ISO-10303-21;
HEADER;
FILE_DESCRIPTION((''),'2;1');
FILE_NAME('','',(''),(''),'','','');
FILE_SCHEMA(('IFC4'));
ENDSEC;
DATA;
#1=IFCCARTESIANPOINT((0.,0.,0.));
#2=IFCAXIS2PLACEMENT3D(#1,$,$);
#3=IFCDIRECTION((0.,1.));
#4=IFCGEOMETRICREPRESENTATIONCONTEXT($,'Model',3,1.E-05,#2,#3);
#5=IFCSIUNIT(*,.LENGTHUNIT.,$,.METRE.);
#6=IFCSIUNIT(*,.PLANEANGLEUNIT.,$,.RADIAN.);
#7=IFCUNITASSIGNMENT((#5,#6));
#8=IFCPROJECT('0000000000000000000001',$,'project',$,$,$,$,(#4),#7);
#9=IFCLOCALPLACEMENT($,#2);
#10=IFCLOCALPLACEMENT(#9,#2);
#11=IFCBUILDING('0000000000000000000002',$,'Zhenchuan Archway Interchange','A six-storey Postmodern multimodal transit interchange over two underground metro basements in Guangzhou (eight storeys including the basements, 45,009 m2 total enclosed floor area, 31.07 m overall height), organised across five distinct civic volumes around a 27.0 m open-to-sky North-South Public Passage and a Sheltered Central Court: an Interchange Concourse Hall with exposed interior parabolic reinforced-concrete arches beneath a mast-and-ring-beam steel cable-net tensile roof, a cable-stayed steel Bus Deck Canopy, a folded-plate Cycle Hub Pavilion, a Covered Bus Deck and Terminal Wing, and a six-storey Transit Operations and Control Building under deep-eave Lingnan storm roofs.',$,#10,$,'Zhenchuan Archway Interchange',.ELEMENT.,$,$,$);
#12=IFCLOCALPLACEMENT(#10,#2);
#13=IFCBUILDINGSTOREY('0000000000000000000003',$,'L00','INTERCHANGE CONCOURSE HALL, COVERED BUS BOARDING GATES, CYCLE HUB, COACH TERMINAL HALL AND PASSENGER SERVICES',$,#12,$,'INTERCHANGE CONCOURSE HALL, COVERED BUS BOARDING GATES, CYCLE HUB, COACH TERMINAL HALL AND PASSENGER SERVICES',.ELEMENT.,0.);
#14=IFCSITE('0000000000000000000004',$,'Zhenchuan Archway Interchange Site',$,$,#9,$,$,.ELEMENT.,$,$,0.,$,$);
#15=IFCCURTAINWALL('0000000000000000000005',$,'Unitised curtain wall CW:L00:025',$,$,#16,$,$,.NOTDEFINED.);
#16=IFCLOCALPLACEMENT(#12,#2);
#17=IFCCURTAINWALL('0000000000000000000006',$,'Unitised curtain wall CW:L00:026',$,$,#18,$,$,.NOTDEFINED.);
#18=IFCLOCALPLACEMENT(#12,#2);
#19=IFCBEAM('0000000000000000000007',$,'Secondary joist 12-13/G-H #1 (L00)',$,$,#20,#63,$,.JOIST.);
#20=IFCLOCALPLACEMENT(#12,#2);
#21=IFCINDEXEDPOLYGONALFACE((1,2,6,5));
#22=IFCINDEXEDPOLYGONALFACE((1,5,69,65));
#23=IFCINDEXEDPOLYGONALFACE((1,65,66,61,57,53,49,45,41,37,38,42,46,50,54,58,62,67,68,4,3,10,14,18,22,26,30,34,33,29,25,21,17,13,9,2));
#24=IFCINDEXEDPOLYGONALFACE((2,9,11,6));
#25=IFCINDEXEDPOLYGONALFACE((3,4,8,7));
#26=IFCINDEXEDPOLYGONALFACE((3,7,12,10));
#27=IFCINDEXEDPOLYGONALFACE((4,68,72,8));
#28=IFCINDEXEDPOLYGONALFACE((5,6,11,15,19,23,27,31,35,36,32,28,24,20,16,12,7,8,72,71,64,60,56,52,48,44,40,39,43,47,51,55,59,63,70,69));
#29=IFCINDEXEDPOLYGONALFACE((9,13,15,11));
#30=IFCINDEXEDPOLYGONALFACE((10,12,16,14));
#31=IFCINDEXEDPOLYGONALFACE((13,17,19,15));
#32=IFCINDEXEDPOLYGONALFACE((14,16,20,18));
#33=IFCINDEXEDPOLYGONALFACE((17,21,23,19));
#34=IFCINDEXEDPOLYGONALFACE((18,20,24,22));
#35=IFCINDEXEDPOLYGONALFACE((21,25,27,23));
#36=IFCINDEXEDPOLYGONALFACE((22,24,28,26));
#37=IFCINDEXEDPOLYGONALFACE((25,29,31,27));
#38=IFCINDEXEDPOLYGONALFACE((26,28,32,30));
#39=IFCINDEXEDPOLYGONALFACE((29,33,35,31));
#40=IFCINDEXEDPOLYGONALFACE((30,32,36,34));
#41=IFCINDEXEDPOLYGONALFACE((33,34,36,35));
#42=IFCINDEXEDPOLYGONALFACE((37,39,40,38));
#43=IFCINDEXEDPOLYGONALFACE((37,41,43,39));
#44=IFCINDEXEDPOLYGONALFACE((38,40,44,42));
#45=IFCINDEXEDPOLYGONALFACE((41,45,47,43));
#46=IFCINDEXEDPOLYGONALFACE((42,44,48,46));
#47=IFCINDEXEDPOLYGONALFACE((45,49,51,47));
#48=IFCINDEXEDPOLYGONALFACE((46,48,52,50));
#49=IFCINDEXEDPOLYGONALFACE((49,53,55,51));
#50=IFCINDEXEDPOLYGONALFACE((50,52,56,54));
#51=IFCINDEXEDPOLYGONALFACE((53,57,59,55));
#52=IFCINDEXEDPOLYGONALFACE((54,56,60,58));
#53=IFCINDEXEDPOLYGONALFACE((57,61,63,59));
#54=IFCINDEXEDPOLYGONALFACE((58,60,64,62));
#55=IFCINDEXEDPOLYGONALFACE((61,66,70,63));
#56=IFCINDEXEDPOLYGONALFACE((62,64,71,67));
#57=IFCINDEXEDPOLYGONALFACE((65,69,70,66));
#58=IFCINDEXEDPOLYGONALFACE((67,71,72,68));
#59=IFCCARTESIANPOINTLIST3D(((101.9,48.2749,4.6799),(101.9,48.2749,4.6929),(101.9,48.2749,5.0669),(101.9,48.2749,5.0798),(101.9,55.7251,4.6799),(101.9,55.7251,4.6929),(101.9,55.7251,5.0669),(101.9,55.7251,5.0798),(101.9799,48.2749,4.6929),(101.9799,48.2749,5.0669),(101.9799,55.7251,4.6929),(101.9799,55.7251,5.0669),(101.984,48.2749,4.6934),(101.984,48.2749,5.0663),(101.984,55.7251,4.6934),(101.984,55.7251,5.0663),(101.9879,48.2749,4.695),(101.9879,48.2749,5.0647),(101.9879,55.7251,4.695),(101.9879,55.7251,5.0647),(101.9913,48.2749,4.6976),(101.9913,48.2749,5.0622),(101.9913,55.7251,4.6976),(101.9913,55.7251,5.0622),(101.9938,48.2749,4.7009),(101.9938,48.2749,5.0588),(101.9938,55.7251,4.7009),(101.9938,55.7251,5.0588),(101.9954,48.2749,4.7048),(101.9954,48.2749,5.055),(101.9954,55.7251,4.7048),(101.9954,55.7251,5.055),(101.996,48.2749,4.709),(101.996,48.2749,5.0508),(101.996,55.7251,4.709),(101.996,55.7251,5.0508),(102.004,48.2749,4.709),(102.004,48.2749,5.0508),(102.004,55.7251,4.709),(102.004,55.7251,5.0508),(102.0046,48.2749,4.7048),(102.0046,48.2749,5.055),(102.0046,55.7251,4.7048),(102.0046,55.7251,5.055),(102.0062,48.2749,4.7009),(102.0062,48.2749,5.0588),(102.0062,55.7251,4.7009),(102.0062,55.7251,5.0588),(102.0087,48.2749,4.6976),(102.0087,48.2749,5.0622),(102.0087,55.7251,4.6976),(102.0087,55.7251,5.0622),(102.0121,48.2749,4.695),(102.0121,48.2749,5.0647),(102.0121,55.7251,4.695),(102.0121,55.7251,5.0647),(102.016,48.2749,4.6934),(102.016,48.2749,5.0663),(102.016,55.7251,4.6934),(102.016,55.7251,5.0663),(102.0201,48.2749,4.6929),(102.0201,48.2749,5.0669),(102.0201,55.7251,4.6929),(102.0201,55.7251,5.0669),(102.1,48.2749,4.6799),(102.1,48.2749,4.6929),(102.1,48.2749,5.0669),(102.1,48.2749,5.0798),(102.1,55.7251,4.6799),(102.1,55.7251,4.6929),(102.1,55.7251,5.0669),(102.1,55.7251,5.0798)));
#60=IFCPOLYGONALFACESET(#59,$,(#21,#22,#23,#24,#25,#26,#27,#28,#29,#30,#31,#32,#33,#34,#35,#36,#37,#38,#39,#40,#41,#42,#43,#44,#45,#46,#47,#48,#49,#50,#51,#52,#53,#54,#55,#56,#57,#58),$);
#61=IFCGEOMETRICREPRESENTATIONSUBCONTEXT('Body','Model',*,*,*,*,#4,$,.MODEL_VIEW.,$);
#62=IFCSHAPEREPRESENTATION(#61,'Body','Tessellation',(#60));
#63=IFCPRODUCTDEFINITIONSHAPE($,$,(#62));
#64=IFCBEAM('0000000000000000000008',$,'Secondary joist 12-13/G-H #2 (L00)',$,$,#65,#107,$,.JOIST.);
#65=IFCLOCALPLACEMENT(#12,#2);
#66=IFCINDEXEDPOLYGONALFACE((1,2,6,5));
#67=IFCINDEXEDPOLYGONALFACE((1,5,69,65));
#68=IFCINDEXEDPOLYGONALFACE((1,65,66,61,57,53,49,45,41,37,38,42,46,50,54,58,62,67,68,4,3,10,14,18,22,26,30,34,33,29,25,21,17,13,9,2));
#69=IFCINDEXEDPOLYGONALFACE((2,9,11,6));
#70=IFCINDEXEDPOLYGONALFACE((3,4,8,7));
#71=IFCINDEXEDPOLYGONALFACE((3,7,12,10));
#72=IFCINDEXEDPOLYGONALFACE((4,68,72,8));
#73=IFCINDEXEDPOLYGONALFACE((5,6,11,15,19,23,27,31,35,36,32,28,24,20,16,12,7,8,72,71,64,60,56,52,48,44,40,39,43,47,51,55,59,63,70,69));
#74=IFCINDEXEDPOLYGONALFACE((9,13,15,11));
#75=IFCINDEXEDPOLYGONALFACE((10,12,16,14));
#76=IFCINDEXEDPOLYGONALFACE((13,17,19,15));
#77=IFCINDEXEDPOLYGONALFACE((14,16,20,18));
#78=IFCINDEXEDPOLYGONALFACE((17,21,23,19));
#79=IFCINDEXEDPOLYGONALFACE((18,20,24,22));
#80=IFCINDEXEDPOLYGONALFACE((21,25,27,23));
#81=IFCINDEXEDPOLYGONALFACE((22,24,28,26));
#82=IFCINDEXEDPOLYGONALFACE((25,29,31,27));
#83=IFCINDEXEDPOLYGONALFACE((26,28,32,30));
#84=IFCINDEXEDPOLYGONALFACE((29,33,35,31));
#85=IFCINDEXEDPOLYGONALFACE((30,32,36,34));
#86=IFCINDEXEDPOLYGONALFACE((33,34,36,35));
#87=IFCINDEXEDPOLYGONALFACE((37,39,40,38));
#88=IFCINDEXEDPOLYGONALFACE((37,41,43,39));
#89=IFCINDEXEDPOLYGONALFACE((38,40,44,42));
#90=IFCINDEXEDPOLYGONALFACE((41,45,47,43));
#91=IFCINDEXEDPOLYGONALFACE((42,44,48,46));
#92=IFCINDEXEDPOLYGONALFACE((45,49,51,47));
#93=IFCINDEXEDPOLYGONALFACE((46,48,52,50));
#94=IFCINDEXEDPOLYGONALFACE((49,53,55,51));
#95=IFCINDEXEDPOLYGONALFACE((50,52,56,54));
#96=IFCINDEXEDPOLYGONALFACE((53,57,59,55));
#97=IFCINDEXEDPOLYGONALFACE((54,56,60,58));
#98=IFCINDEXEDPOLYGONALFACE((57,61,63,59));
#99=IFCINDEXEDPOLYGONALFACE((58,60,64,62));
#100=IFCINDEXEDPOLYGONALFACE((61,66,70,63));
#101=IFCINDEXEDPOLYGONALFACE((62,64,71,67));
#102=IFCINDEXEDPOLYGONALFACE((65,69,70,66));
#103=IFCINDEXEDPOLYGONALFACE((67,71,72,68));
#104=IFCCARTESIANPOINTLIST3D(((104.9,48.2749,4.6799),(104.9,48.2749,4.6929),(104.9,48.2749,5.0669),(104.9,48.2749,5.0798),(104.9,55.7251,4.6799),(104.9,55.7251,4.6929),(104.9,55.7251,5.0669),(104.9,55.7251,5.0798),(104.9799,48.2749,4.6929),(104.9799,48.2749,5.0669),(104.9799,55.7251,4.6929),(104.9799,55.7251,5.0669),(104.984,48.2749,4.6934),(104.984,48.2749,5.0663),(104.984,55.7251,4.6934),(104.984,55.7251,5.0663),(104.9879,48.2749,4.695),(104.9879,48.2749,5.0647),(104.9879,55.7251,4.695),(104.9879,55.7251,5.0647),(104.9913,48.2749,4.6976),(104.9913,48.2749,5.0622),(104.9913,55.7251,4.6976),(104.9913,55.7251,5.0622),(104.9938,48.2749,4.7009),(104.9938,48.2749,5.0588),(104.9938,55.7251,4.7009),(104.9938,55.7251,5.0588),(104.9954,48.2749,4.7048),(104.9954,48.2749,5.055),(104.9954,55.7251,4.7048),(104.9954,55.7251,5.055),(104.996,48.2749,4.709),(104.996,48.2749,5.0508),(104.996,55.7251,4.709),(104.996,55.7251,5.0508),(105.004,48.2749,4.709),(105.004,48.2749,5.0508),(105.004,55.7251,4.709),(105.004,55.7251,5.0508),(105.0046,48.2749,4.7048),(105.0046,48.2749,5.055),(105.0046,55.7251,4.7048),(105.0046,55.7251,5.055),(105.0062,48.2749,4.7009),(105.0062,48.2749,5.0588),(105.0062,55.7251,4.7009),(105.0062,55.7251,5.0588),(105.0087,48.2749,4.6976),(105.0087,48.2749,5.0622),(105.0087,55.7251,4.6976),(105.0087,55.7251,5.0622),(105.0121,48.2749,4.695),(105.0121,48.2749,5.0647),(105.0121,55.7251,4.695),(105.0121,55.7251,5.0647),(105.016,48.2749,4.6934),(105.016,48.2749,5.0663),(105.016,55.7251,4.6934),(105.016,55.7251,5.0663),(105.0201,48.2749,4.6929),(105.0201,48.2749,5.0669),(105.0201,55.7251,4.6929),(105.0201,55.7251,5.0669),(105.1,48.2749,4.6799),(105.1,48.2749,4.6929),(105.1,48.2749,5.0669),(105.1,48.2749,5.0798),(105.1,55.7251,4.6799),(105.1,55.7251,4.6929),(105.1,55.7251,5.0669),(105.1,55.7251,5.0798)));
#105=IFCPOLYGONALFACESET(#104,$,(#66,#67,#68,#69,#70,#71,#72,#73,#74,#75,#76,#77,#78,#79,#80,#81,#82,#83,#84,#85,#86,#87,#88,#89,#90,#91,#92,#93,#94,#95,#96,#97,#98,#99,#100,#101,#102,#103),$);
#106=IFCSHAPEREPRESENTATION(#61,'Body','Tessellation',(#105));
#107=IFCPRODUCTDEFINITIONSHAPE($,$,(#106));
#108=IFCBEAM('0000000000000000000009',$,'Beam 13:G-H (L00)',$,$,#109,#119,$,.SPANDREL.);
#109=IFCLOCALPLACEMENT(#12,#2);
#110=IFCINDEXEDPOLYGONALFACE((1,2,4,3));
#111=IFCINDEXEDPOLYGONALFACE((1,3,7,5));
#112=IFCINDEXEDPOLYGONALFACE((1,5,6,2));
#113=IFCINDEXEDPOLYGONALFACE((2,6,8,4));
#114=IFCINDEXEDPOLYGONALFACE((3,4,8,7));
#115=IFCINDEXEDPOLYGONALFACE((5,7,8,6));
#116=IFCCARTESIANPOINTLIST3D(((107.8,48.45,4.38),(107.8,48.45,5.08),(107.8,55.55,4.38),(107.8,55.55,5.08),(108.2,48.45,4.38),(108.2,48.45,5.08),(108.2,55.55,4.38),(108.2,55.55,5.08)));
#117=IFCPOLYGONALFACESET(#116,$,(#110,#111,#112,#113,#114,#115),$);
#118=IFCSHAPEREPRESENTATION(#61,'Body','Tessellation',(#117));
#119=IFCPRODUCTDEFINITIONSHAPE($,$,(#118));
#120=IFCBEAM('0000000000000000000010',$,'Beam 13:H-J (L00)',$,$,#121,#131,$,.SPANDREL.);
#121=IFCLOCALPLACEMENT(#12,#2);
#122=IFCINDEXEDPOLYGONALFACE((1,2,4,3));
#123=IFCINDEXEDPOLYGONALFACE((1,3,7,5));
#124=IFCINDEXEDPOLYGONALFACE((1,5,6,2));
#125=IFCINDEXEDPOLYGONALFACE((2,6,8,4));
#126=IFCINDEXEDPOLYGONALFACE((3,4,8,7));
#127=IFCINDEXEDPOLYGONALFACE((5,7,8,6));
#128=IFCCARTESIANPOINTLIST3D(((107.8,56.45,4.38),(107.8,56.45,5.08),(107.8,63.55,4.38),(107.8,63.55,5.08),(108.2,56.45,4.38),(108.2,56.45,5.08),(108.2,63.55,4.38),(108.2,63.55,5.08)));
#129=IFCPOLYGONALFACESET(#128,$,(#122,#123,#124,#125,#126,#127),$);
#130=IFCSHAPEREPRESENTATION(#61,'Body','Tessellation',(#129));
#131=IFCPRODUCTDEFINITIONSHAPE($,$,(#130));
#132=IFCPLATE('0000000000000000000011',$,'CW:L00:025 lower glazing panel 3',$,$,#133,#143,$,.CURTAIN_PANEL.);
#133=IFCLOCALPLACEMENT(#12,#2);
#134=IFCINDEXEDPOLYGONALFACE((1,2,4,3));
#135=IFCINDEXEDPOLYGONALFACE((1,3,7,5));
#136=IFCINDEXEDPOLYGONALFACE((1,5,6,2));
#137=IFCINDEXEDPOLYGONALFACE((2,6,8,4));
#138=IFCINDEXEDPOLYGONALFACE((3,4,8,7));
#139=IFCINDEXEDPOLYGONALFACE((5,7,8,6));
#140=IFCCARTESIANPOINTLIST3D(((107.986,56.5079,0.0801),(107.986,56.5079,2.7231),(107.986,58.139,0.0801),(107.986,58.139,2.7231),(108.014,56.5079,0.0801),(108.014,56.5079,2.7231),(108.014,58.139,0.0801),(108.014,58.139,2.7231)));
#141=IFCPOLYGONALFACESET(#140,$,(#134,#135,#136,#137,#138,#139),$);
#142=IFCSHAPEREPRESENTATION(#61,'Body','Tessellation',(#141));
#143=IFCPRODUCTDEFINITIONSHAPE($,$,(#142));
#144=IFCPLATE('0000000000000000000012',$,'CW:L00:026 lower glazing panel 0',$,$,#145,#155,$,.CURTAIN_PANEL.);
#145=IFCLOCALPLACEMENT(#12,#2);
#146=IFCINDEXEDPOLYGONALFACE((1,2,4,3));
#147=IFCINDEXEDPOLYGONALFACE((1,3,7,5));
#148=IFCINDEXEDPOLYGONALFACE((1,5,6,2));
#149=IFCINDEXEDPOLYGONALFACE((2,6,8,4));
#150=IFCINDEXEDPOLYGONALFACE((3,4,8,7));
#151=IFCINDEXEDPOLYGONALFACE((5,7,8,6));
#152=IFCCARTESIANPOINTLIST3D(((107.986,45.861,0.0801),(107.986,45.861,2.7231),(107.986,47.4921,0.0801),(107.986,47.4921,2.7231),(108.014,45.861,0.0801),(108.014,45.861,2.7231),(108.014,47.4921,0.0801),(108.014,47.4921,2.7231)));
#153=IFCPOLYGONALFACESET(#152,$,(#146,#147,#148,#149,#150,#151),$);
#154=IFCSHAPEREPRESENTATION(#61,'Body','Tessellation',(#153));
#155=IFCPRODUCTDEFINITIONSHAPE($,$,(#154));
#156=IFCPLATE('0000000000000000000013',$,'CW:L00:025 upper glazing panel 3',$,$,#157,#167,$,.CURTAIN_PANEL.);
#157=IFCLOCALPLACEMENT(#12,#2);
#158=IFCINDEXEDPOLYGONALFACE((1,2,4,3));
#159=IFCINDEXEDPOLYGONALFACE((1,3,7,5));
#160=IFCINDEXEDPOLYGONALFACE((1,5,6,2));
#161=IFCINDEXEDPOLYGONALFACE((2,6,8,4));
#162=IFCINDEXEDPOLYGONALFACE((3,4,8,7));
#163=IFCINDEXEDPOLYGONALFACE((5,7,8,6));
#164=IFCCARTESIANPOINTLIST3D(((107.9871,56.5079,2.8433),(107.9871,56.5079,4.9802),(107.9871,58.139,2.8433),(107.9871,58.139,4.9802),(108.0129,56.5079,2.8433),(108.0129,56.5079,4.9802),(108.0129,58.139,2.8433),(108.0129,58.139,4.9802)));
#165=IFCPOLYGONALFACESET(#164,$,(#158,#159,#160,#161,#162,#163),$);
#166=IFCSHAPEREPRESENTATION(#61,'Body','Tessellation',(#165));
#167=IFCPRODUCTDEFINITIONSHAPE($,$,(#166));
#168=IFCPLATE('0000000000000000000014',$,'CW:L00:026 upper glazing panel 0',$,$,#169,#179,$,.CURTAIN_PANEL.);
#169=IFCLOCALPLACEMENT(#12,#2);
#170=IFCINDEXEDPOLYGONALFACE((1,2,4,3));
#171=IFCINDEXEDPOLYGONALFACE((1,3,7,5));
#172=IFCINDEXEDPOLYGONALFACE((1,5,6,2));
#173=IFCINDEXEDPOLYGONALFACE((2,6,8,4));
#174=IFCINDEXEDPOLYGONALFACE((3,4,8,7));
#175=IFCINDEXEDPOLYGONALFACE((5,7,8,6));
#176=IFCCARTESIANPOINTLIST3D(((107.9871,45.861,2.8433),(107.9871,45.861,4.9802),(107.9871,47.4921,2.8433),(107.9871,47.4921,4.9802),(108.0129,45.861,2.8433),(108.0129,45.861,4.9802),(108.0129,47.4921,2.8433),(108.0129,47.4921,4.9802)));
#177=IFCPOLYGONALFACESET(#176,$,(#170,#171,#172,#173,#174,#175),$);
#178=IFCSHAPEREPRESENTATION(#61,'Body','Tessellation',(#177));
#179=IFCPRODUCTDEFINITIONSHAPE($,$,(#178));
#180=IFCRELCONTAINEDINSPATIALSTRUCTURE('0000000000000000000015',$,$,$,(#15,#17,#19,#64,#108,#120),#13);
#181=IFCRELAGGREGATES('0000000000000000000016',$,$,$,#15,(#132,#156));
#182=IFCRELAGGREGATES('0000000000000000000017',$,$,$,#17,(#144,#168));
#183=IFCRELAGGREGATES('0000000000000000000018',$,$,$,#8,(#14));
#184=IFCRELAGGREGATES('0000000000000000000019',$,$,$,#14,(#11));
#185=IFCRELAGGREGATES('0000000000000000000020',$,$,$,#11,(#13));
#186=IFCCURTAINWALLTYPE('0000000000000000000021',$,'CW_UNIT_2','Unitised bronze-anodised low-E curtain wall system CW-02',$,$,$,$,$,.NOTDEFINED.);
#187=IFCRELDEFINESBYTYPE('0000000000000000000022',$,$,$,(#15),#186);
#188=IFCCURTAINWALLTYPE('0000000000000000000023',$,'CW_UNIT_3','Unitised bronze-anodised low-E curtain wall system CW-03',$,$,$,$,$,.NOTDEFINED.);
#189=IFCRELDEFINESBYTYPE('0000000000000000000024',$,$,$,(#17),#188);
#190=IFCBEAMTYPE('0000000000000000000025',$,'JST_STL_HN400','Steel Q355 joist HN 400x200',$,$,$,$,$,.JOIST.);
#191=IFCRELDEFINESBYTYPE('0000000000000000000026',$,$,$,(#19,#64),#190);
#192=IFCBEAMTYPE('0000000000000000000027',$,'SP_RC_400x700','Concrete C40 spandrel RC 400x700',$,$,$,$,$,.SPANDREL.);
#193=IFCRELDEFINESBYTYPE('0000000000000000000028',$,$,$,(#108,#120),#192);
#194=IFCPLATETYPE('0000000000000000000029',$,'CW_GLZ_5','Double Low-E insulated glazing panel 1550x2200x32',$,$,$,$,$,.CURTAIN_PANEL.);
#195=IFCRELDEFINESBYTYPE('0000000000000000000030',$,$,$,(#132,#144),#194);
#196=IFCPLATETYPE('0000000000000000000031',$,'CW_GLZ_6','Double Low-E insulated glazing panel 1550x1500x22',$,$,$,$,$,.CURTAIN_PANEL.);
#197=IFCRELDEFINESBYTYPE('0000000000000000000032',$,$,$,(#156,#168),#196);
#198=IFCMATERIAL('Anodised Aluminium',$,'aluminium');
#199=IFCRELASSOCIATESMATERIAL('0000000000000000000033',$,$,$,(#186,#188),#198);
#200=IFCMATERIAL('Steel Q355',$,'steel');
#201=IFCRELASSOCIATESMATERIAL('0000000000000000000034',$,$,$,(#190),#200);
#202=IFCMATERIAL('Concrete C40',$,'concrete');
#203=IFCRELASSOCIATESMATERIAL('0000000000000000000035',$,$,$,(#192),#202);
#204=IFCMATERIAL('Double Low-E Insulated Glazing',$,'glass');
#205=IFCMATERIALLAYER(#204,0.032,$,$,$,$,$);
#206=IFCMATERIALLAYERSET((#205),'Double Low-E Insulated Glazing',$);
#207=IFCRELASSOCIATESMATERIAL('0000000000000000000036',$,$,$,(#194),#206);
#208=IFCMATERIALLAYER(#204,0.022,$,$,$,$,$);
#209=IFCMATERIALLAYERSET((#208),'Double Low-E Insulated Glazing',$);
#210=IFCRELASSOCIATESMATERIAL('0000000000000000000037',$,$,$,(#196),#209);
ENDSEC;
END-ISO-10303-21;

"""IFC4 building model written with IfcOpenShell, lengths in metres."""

from ifc_helpers import new_model, si_unit, direction, frame, origin, origin_2d, place, context, subcontext, project, spatial, rectangle, i_section, extrude, material, layer, layer_set, material_profile, profile_set, type_object, element, aggregate, save


model = new_model("IFC4")

# Units and contexts
model_context = context("Model", 3, precision=1e-05, world=origin(), true_north=direction((0.0, 1.0)))
body_context = subcontext(model_context, "Body", "Model", "MODEL_VIEW")
ifc_project = project(units=[si_unit("LENGTHUNIT", "METRE"), si_unit("PLANEANGLEUNIT", "RADIAN")], contexts=[model_context])

# Site, building, storey
site_placement = place(None, origin())
site = spatial("IfcSite", under=ifc_project, at=site_placement, Name="Zhenchuan Archway Interchange Site", CompositionType="ELEMENT", RefElevation=0.0)
building_placement = place(site_placement, origin())
building = spatial("IfcBuilding", under=site, at=building_placement, Name="Zhenchuan Archway Interchange", Description="A six-storey Postmodern multimodal transit interchange over two underground metro basements in Guangzhou (eight storeys including the basements, 45,009 m2 total enclosed floor area, 31.07 m overall height), organised across five distinct civic volumes around a 27.0 m open-to-sky North-South Public Passage and a Sheltered Central Court: an Interchange Concourse Hall with exposed interior parabolic reinforced-concrete arches beneath a mast-and-ring-beam steel cable-net tensile roof, a cable-stayed steel Bus Deck Canopy, a folded-plate Cycle Hub Pavilion, a Covered Bus Deck and Terminal Wing, and a six-storey Transit Operations and Control Building under deep-eave Lingnan storm roofs.", LongName="Zhenchuan Archway Interchange", CompositionType="ELEMENT")
storey_placement = place(building_placement, origin())
storey = spatial("IfcBuildingStorey", under=building, at=storey_placement, Name="L00", Description="INTERCHANGE CONCOURSE HALL, COVERED BUS BOARDING GATES, CYCLE HUB, COACH TERMINAL HALL AND PASSENGER SERVICES", LongName="INTERCHANGE CONCOURSE HALL, COVERED BUS BOARDING GATES, CYCLE HUB, COACH TERMINAL HALL AND PASSENGER SERVICES", CompositionType="ELEMENT", Elevation=0.0)

# Shared definitions
ifc_material_1 = material(Name="Concrete C40", Category="concrete")

# Curtain walls
ifc_material_2 = material(Name="Anodised Aluminium", Category="aluminium")
curtain_wall_type_1 = type_object("IfcCurtainWallType", Name="CW_UNIT_2", Description="Unitised bronze-anodised low-E curtain wall system CW-02", PredefinedType="NOTDEFINED", material=ifc_material_2)
curtain_wall_1_placement = place(storey_placement, origin())
curtain_wall_1 = element("IfcCurtainWall", 1, at=curtain_wall_1_placement, inside=storey, type_object=curtain_wall_type_1, Name="Unitised curtain wall CW:L00:025", PredefinedType="NOTDEFINED")
curtain_wall_type_2 = type_object("IfcCurtainWallType", Name="CW_UNIT_3", Description="Unitised bronze-anodised low-E curtain wall system CW-03", PredefinedType="NOTDEFINED", material=ifc_material_2)
curtain_wall_2_placement = place(storey_placement, origin())
curtain_wall_2 = element("IfcCurtainWall", 2, at=curtain_wall_2_placement, inside=storey, type_object=curtain_wall_type_2, Name="Unitised curtain wall CW:L00:026", PredefinedType="NOTDEFINED")

# Beams
ifc_material_3 = material(Name="Steel Q355", Category="steel")
ifc_material_profile_1 = material_profile(ifc_material_3, i_section(OverallWidth=0.2, OverallDepth=0.3999, WebThickness=0.0081, FlangeThickness=0.0129, FilletRadius=0.0161, at=origin_2d()), Name="HN 400x200")
ifc_profile_set_1 = profile_set([ifc_material_profile_1], Name="Steel Q355")
beam_type_1 = type_object("IfcBeamType", Name="JST_STL_HN400", Description="Steel Q355 joist HN 400x200", PredefinedType="JOIST", material=ifc_profile_set_1)
for number, where, z_axis, x_axis, name in (
    (3, (102.0, 48.2749, 4.8799), (0.0, 1.0, 0.0), (-1.0, 0.0, 0.0), "Secondary joist 12-13/G-H #1 (L00)"),
    (4, (105.0, 48.2749, 4.8799), (0.0, 1.0, 0.0), (-1.0, 0.0, 0.0), "Secondary joist 12-13/G-H #2 (L00)"),
):
    element("IfcBeam", number, at=place(storey_placement, frame(where, z_axis=z_axis, x_axis=x_axis)), inside=storey, type_object=beam_type_1, Name=name, PredefinedType="JOIST", context=body_context, shape_type="SweptSolid", body=[
        extrude(i_section(OverallWidth=0.2, OverallDepth=0.3999, WebThickness=0.0081, FlangeThickness=0.0129, FilletRadius=0.0161, at=origin_2d()), origin(), (0.0, 0.0, 1.0), 7.4502),
    ])
ifc_material_profile_2 = material_profile(ifc_material_1, rectangle(XDim=0.3999, YDim=0.7, at=origin_2d()), Name="RC 400x700")
ifc_profile_set_2 = profile_set([ifc_material_profile_2], Name="Concrete C40")
beam_type_2 = type_object("IfcBeamType", Name="SP_RC_400x700", Description="Concrete C40 spandrel RC 400x700", PredefinedType="SPANDREL", material=ifc_profile_set_2)
for number, where, z_axis, x_axis, name in (
    (5, (108.0, 48.45, 4.73), (0.0, 1.0, 0.0), (-1.0, 0.0, 0.0), "Beam 13:G-H (L00)"),
    (6, (108.0, 56.45, 4.73), (0.0, 1.0, 0.0), (-1.0, 0.0, 0.0), "Beam 13:H-J (L00)"),
):
    element("IfcBeam", number, at=place(storey_placement, frame(where, z_axis=z_axis, x_axis=x_axis)), inside=storey, type_object=beam_type_2, Name=name, PredefinedType="SPANDREL", context=body_context, shape_type="SweptSolid", body=[
        extrude(rectangle(XDim=0.3999, YDim=0.7, at=origin_2d()), origin(), (0.0, 0.0, 1.0), 7.1001),
    ])

# Plates
ifc_material_4 = material(Name="Double Low-E Insulated Glazing", Category="glass")
ifc_layer_1 = layer(ifc_material_4, 0.032)
ifc_layer_set_1 = layer_set([ifc_layer_1], Name="Double Low-E Insulated Glazing")
plate_type_1 = type_object("IfcPlateType", Name="CW_GLZ_5", Description="Double Low-E insulated glazing panel 1550x2200x32", PredefinedType="CURTAIN_PANEL", material=ifc_layer_set_1)
plate_1_placement = place(storey_placement, frame((108.0, 57.3235, 0.0801), z_axis=(0.0, 0.0, 1.0), x_axis=(0.0, -1.0, 0.0)))
plate_1 = element("IfcPlate", 7, at=plate_1_placement, type_object=plate_type_1, Name="CW:L00:025 lower glazing panel 3", PredefinedType="CURTAIN_PANEL", context=body_context, shape_type="SweptSolid", body=[
    extrude(rectangle(XDim=1.6311, YDim=0.0281, at=origin_2d()), origin(), (0.0, 0.0, 1.0), 2.6431),
])
plate_2_placement = place(storey_placement, frame((108.0, 46.6765, 0.0801), z_axis=(0.0, 0.0, 1.0), x_axis=(0.0, -1.0, 0.0)))
plate_2 = element("IfcPlate", 8, at=plate_2_placement, type_object=plate_type_1, Name="CW:L00:026 lower glazing panel 0", PredefinedType="CURTAIN_PANEL", context=body_context, shape_type="SweptSolid", body=[
    extrude(rectangle(XDim=1.6311, YDim=0.0281, at=origin_2d()), origin(), (0.0, 0.0, 1.0), 2.6431),
])
ifc_layer_2 = layer(ifc_material_4, 0.022)
ifc_layer_set_2 = layer_set([ifc_layer_2], Name="Double Low-E Insulated Glazing")
plate_type_2 = type_object("IfcPlateType", Name="CW_GLZ_6", Description="Double Low-E insulated glazing panel 1550x1500x22", PredefinedType="CURTAIN_PANEL", material=ifc_layer_set_2)
plate_3_placement = place(storey_placement, frame((108.0, 57.3235, 2.8433), z_axis=(0.0, 0.0, 1.0), x_axis=(0.0, -1.0, 0.0)))
plate_3 = element("IfcPlate", 9, at=plate_3_placement, type_object=plate_type_2, Name="CW:L00:025 upper glazing panel 3", PredefinedType="CURTAIN_PANEL", context=body_context, shape_type="SweptSolid", body=[
    extrude(rectangle(XDim=1.6311, YDim=0.0259, at=origin_2d()), origin(), (0.0, 0.0, 1.0), 2.137),
])
aggregate(curtain_wall_1, [plate_1, plate_3])
plate_4_placement = place(storey_placement, frame((108.0, 46.6765, 2.8433), z_axis=(0.0, 0.0, 1.0), x_axis=(0.0, -1.0, 0.0)))
plate_4 = element("IfcPlate", 10, at=plate_4_placement, type_object=plate_type_2, Name="CW:L00:026 upper glazing panel 0", PredefinedType="CURTAIN_PANEL", context=body_context, shape_type="SweptSolid", body=[
    extrude(rectangle(XDim=1.6311, YDim=0.0259, at=origin_2d()), origin(), (0.0, 0.0, 1.0), 2.137),
])
aggregate(curtain_wall_2, [plate_2, plate_4])

save(model, "model.ifc")
